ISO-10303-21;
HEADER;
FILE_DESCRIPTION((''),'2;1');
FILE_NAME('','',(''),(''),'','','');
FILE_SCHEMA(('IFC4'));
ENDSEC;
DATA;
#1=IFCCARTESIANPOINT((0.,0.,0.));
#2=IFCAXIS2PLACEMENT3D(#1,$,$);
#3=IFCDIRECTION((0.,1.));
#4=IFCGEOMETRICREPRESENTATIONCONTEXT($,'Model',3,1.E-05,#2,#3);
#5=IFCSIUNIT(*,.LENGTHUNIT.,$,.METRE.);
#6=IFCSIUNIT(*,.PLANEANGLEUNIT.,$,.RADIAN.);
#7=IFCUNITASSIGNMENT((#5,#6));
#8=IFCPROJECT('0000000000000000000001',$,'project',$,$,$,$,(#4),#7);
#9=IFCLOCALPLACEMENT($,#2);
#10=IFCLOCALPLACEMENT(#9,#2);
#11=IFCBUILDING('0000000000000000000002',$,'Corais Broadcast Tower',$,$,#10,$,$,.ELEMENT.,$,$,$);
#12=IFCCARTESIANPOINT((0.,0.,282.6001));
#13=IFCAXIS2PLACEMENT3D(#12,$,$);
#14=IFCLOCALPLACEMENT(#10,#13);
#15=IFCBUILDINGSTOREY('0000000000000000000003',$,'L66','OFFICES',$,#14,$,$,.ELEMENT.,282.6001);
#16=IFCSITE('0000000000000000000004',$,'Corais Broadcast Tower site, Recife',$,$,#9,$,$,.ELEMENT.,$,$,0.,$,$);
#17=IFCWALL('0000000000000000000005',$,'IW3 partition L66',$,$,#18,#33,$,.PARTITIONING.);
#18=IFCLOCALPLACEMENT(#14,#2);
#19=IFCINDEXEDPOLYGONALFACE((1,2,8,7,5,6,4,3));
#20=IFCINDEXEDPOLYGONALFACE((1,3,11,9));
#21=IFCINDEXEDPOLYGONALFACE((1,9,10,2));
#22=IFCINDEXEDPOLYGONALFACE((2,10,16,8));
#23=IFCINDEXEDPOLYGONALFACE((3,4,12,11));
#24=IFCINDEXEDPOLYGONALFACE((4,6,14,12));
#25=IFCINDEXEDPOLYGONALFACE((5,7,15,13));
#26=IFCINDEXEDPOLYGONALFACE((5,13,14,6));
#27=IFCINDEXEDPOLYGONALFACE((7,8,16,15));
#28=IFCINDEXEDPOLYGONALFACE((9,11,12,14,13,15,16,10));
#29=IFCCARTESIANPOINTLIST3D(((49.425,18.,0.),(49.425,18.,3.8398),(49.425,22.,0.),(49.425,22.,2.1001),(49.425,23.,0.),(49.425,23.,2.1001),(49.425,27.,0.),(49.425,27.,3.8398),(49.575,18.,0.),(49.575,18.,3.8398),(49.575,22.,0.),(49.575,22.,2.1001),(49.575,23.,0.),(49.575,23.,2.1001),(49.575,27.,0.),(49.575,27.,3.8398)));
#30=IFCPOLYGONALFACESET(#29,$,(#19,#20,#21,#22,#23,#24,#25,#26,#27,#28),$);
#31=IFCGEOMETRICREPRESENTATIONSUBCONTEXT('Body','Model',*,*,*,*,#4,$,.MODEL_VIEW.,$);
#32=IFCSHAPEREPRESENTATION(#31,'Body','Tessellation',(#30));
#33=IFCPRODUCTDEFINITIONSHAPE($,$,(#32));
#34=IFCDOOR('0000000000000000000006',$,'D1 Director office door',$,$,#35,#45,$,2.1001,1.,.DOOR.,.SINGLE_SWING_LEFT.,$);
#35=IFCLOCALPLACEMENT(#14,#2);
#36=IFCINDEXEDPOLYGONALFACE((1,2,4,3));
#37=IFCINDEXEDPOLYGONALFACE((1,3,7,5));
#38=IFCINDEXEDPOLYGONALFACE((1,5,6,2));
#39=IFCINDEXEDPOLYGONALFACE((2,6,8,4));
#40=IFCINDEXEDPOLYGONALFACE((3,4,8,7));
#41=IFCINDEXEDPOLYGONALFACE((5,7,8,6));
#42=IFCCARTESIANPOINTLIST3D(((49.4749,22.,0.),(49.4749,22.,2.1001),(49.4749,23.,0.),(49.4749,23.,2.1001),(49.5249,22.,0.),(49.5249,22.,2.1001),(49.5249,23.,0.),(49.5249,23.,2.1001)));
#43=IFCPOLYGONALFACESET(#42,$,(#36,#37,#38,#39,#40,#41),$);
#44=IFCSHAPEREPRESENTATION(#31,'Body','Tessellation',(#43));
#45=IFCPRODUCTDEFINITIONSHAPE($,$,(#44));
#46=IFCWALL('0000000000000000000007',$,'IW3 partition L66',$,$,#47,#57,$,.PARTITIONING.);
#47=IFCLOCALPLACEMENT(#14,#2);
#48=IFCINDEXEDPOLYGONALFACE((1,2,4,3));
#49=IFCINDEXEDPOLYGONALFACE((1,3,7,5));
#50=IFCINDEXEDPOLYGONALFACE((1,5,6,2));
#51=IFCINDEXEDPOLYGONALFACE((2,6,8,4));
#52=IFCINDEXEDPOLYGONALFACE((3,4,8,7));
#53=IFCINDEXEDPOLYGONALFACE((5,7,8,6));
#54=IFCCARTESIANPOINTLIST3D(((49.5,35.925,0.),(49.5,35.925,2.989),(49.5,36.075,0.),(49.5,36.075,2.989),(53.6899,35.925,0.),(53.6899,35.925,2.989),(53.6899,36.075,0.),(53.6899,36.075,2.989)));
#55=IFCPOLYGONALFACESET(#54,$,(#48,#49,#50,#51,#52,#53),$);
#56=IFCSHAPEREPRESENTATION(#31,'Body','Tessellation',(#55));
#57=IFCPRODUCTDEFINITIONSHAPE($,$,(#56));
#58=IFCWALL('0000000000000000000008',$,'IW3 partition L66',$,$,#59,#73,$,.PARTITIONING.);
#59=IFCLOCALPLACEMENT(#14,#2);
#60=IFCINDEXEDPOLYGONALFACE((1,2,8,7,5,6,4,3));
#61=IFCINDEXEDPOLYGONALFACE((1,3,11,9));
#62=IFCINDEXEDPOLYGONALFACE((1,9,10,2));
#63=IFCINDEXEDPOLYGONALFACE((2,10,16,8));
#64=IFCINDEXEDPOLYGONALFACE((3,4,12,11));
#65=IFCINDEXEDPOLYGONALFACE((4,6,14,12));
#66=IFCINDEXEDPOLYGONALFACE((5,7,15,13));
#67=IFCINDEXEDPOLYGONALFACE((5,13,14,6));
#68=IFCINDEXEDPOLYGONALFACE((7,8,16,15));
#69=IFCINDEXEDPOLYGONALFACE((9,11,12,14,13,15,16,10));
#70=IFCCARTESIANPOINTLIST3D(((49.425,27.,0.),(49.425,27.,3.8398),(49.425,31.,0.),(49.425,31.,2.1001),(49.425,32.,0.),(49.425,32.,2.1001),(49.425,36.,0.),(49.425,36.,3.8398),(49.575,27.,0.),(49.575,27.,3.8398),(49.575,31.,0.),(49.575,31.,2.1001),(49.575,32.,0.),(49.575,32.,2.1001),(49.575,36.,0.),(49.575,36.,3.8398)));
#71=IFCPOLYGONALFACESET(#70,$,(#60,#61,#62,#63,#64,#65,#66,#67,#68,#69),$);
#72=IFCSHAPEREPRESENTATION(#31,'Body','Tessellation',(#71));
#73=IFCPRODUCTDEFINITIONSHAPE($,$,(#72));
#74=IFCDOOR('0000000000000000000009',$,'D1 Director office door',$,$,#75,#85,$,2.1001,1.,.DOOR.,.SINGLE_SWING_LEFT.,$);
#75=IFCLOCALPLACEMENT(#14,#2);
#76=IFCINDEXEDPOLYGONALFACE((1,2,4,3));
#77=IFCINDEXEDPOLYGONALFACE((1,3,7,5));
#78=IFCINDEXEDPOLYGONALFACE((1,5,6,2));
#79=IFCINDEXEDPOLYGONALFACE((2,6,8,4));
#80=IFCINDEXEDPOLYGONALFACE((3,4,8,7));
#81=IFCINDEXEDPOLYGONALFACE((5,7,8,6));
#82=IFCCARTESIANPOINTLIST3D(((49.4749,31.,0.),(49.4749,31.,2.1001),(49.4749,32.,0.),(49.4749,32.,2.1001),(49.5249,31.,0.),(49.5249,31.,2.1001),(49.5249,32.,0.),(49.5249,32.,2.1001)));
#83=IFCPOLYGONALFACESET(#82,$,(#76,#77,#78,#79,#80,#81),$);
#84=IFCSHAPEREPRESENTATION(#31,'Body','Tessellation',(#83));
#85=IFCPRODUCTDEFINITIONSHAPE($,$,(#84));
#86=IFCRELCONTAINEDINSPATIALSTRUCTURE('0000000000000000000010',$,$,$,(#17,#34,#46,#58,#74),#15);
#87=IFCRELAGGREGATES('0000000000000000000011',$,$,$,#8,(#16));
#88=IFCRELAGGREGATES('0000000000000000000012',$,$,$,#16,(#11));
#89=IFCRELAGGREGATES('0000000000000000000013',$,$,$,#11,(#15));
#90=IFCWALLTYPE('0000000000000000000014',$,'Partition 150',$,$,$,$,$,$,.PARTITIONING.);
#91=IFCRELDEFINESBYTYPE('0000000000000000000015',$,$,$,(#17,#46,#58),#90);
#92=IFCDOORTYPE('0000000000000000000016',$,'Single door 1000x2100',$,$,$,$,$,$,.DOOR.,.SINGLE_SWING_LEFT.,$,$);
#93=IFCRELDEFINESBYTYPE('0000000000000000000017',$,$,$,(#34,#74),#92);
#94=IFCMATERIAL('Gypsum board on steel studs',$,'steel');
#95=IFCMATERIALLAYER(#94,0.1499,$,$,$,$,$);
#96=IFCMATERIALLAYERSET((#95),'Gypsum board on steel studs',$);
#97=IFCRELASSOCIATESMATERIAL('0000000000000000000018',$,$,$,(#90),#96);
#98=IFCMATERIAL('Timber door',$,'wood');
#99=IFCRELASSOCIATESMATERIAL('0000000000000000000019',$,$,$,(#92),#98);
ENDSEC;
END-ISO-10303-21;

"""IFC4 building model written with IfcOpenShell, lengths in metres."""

from ifc_helpers import new_model, si_unit, direction, frame, frame_2d, origin, place, context, subcontext, project, spatial, rectangle, extrude, material, layer, layer_set, type_object, element, fill, save


model = new_model("IFC4")

# Units and contexts
model_context = context("Model", 3, precision=1e-05, world=origin(), true_north=direction((0.0, 1.0)))
body_context = subcontext(model_context, "Body", "Model", "MODEL_VIEW")
ifc_project = project(units=[si_unit("LENGTHUNIT", "METRE"), si_unit("PLANEANGLEUNIT", "RADIAN")], contexts=[model_context])

# Site, building, storey
site_placement = place(None, origin())
site = spatial("IfcSite", under=ifc_project, at=site_placement, Name="Corais Broadcast Tower site, Recife", CompositionType="ELEMENT", RefElevation=0.0)
building_placement = place(site_placement, origin())
building = spatial("IfcBuilding", under=site, at=building_placement, Name="Corais Broadcast Tower", CompositionType="ELEMENT")
storey_placement = place(building_placement, frame((0.0, 0.0, 282.6001)))
storey = spatial("IfcBuildingStorey", under=building, at=storey_placement, Name="L66", Description="OFFICES", CompositionType="ELEMENT", Elevation=282.6001)

# Shared definitions
ifc_material_1 = material(Name="Gypsum board on steel studs", Category="steel")
ifc_layer_1 = layer(ifc_material_1, 0.1499)
ifc_layer_set_1 = layer_set([ifc_layer_1], Name="Gypsum board on steel studs")
wall_type = type_object("IfcWallType", Name="Partition 150", PredefinedType="PARTITIONING", material=ifc_layer_set_1)

# Wall, opening, door
wall_1_placement = place(storey_placement, frame((49.5, 27.0, 0.0), z_axis=(0.0, 0.0, 1.0), x_axis=(0.0, -1.0, 0.0)))
wall_1 = element("IfcWall", 1, at=wall_1_placement, inside=storey, type_object=wall_type, Name="IW3 partition L66", PredefinedType="PARTITIONING", context=body_context, shape_type="SweptSolid", body=[
    extrude(rectangle(XDim=9.0, YDim=0.1499, at=frame_2d((4.5, 0.0))), origin(), (0.0, 0.0, 1.0), 3.8398),
])
opening_1_placement = place(wall_1_placement, frame((4.0, 0.0, 0.0)))
opening_1 = element("IfcOpeningElement", 2, at=opening_1_placement, cuts=wall_1, PredefinedType="OPENING", context=body_context, shape_type="SweptSolid", body=[
    extrude(rectangle(XDim=1.0, YDim=2.1001, at=frame_2d((0.5, 1.05))), frame((0.0, 0.085, 0.0), z_axis=(0.0, -1.0, 0.0), x_axis=(1.0, 0.0, 0.0)), (0.0, 0.0, 1.0), 0.1699),
])
ifc_material_2 = material(Name="Timber door", Category="wood")
door_type = type_object("IfcDoorType", Name="Single door 1000x2100", OperationType="SINGLE_SWING_LEFT", PredefinedType="DOOR", material=ifc_material_2)
door_1_placement = place(opening_1_placement, origin())
door_1 = element("IfcDoor", 3, at=door_1_placement, inside=storey, type_object=door_type, Name="D1 Director office door", OperationType="SINGLE_SWING_LEFT", OverallHeight=2.1001, OverallWidth=1.0, PredefinedType="DOOR", context=body_context, shape_type="SweptSolid", body=[
    extrude(rectangle(XDim=1.0, YDim=2.1001, at=frame_2d((0.5, 1.05))), frame((0.0, 0.0249, 0.0), z_axis=(0.0, -1.0, 0.0), x_axis=(1.0, 0.0, 0.0)), (0.0, 0.0, 1.0), 0.05),
])
fill(opening_1, door_1)

# Wall
wall_2_placement = place(storey_placement, frame((53.6899, 36.0, 0.0), z_axis=(0.0, 0.0, 1.0), x_axis=(-1.0, 0.0, 0.0)))
element("IfcWall", 4, at=wall_2_placement, inside=storey, type_object=wall_type, Name="IW3 partition L66", PredefinedType="PARTITIONING", context=body_context, shape_type="SweptSolid", body=[
    extrude(rectangle(XDim=4.1899, YDim=0.1499, at=frame_2d((2.095, 0.0))), origin(), (0.0, 0.0, 1.0), 2.989),
])

# Wall, opening, door
wall_3_placement = place(storey_placement, frame((49.5, 36.0, 0.0), z_axis=(0.0, 0.0, 1.0), x_axis=(0.0, -1.0, 0.0)))
wall_3 = element("IfcWall", 5, at=wall_3_placement, inside=storey, type_object=wall_type, Name="IW3 partition L66", PredefinedType="PARTITIONING", context=body_context, shape_type="SweptSolid", body=[
    extrude(rectangle(XDim=9.0, YDim=0.1499, at=frame_2d((4.5, 0.0))), origin(), (0.0, 0.0, 1.0), 3.8398),
])
opening_2_placement = place(wall_3_placement, frame((4.0, 0.0, 0.0)))
opening_2 = element("IfcOpeningElement", 6, at=opening_2_placement, cuts=wall_3, PredefinedType="OPENING", context=body_context, shape_type="SweptSolid", body=[
    extrude(rectangle(XDim=1.0, YDim=2.1001, at=frame_2d((0.5, 1.05))), frame((0.0, 0.085, 0.0), z_axis=(0.0, -1.0, 0.0), x_axis=(1.0, 0.0, 0.0)), (0.0, 0.0, 1.0), 0.1699),
])
door_2_placement = place(opening_2_placement, origin())
door_2 = element("IfcDoor", 7, at=door_2_placement, inside=storey, type_object=door_type, Name="D1 Director office door", OperationType="SINGLE_SWING_LEFT", OverallHeight=2.1001, OverallWidth=1.0, PredefinedType="DOOR", context=body_context, shape_type="SweptSolid", body=[
    extrude(rectangle(XDim=1.0, YDim=2.1001, at=frame_2d((0.5, 1.05))), frame((0.0, 0.0249, 0.0), z_axis=(0.0, -1.0, 0.0), x_axis=(1.0, 0.0, 0.0)), (0.0, 0.0, 1.0), 0.05),
])
fill(opening_2, door_2)

save(model, "model.ifc")
